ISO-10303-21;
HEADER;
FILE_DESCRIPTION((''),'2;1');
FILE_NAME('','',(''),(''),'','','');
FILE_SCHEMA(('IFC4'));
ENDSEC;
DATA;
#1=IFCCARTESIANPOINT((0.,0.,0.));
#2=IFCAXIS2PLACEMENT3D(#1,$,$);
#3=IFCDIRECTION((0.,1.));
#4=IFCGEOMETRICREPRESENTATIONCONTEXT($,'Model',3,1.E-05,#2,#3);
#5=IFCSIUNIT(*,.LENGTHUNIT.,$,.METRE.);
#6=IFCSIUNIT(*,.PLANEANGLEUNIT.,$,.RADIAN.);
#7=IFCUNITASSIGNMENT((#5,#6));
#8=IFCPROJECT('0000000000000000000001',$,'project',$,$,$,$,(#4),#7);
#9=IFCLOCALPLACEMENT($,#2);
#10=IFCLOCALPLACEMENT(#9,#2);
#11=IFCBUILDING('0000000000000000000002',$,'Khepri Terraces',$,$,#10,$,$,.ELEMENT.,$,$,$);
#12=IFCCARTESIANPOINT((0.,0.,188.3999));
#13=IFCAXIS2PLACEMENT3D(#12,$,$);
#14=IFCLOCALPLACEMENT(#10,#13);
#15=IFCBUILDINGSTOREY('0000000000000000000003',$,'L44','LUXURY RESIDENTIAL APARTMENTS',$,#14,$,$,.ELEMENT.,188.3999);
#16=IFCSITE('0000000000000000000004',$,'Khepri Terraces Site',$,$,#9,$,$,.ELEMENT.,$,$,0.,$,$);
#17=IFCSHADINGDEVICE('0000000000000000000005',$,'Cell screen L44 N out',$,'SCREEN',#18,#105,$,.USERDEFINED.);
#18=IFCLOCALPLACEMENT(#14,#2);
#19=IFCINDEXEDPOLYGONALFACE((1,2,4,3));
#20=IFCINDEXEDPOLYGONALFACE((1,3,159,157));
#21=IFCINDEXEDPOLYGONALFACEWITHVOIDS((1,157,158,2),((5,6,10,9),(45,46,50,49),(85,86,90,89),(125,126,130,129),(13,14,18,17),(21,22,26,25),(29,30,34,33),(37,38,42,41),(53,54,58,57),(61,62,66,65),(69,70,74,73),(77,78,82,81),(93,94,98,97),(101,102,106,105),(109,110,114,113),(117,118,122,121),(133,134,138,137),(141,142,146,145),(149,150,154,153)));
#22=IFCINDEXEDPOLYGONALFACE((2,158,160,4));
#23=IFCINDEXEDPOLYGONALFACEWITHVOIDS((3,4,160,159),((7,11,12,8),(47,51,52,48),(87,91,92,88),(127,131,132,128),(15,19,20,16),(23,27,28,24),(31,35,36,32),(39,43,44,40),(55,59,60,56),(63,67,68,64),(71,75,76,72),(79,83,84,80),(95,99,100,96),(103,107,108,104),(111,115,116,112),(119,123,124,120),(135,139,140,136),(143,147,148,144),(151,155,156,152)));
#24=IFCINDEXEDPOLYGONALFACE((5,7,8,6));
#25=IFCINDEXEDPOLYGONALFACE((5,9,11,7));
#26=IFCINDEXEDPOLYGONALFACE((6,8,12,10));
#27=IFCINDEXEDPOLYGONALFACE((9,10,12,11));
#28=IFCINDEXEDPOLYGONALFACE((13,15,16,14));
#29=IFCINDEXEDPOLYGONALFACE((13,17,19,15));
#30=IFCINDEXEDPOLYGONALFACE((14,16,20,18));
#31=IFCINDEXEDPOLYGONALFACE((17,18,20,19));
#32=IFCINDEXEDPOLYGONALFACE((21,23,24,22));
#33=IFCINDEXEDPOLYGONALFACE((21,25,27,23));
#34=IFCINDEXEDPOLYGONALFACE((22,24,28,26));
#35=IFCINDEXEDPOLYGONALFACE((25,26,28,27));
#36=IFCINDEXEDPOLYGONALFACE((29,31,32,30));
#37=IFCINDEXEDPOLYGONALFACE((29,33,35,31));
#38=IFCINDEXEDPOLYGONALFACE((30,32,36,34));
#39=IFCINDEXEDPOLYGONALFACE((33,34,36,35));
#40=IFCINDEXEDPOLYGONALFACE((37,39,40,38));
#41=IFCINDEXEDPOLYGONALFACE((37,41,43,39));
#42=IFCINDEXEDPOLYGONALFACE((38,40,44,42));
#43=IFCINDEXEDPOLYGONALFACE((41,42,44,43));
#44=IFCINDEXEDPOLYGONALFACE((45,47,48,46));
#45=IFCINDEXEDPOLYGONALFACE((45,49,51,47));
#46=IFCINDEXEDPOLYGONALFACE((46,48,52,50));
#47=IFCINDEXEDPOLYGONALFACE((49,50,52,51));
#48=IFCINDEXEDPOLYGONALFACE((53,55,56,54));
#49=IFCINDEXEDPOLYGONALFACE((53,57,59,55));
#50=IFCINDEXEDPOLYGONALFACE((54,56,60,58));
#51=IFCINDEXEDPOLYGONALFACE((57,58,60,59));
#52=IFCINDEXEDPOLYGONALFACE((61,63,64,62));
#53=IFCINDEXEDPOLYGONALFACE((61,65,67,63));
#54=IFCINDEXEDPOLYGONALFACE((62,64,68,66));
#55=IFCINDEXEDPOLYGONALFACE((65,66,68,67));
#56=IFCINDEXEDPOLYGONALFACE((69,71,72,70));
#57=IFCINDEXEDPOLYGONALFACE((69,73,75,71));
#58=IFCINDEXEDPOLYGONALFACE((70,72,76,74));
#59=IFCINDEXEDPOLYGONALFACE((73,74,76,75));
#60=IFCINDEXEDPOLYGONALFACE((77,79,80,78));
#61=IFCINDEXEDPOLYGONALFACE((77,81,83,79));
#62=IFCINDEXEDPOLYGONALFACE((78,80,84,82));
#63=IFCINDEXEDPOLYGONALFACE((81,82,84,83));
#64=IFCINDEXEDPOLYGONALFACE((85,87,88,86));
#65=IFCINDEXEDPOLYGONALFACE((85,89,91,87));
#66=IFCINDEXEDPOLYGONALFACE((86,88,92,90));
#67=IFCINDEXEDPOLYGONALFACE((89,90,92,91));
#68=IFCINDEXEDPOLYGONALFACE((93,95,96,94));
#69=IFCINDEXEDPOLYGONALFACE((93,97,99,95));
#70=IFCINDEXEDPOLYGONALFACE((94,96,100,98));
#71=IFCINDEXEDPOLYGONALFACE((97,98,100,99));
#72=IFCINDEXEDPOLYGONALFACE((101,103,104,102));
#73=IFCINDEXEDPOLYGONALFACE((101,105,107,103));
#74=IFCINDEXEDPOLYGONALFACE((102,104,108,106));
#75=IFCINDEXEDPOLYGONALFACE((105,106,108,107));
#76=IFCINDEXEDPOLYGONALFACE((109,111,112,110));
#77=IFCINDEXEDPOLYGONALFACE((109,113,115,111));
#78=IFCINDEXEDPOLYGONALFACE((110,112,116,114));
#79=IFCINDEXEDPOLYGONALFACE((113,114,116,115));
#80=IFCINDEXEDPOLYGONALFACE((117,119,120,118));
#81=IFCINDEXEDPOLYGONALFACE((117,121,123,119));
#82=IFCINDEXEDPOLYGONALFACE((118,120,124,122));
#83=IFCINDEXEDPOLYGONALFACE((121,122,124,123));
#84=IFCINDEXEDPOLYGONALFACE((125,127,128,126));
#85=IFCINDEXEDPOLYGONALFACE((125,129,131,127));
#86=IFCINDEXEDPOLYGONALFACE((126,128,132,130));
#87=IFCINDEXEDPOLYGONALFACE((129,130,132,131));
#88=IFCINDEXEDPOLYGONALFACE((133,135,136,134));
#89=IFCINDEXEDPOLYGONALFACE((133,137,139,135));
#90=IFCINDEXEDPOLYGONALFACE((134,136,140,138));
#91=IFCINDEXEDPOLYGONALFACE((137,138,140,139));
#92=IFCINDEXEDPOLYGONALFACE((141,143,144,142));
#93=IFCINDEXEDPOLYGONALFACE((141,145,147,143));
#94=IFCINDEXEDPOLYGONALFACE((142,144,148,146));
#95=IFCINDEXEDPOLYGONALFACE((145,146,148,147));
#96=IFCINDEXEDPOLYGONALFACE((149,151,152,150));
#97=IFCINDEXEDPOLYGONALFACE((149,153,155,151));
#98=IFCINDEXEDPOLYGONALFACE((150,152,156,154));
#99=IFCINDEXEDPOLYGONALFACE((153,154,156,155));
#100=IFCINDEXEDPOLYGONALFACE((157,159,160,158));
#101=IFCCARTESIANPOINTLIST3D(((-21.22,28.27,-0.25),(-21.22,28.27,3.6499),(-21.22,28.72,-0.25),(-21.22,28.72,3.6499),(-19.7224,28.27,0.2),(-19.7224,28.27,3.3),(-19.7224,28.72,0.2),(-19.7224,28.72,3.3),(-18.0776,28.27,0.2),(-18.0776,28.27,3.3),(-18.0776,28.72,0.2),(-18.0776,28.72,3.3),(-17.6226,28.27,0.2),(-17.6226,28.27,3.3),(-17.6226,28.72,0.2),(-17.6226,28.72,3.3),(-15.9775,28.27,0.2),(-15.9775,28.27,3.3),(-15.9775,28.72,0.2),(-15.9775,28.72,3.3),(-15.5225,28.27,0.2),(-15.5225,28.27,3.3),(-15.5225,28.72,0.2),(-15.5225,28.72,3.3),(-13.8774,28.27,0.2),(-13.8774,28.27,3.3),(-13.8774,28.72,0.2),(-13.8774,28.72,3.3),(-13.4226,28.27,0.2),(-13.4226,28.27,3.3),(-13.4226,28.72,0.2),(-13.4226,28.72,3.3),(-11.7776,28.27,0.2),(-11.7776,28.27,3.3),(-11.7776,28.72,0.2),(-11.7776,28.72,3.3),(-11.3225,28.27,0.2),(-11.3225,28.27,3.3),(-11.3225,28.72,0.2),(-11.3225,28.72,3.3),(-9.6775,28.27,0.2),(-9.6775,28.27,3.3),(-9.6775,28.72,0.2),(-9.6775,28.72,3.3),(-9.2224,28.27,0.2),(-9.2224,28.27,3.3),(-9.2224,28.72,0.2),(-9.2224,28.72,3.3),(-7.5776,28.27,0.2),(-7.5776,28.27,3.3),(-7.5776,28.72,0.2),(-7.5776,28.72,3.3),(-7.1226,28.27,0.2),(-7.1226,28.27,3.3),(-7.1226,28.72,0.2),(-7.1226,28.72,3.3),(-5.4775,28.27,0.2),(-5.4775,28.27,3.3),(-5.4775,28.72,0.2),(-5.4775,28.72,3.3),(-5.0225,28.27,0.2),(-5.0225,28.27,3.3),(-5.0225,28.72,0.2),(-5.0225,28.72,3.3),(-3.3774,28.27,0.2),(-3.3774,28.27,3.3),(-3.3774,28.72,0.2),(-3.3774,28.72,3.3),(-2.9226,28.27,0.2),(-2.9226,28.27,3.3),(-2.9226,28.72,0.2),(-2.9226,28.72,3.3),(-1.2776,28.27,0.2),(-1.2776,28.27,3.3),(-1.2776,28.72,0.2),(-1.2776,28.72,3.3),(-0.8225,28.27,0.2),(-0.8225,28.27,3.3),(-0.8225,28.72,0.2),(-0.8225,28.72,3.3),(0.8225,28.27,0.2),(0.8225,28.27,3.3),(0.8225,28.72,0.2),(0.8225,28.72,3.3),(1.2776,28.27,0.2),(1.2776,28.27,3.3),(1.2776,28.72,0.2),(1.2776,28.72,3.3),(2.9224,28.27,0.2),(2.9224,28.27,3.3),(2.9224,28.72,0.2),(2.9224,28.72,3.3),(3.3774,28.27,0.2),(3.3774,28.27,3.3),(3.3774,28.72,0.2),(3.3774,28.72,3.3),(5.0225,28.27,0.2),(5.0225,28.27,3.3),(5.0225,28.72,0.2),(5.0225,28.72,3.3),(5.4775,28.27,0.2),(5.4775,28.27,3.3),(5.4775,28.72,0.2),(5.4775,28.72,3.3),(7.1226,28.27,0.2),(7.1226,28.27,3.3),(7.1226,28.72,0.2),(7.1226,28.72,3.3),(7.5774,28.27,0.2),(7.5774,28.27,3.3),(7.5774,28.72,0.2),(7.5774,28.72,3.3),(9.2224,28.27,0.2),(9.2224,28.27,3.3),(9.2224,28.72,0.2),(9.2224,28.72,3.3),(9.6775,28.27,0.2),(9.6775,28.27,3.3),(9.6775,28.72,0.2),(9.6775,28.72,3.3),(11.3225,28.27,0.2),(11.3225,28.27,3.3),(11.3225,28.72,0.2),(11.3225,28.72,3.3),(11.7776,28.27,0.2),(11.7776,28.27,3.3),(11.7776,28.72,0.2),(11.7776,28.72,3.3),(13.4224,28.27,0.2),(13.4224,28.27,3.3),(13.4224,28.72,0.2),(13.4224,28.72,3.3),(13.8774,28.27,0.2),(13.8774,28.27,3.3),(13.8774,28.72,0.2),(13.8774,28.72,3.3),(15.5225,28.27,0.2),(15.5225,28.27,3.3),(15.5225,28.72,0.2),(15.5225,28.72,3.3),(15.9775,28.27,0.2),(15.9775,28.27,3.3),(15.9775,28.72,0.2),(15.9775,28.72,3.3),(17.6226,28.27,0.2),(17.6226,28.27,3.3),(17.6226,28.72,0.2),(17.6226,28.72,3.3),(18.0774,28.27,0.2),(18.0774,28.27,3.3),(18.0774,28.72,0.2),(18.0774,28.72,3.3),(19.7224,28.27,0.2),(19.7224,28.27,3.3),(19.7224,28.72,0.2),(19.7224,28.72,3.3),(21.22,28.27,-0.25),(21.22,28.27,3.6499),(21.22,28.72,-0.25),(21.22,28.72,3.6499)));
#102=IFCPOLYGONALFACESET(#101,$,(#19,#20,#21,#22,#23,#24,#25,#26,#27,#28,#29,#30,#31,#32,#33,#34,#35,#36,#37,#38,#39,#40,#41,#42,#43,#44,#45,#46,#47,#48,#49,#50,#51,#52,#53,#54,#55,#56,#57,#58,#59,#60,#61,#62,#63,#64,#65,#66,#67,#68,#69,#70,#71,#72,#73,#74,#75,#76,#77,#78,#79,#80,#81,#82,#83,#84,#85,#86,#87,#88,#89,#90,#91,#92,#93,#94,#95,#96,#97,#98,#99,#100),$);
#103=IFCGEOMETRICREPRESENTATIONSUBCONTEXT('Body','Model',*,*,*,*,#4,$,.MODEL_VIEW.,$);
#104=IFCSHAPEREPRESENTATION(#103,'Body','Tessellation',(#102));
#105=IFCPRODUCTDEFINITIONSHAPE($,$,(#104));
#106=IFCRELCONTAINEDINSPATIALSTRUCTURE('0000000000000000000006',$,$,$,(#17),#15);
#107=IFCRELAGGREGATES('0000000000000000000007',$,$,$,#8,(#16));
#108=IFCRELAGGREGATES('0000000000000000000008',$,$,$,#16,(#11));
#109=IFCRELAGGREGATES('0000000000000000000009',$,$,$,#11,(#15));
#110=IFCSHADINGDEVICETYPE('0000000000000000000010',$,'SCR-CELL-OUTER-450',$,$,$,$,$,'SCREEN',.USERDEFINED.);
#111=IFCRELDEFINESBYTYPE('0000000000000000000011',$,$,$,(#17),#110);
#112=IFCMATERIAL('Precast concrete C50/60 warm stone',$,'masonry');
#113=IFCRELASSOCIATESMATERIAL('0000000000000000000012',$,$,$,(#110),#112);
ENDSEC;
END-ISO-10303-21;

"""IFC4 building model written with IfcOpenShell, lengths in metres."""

from ifc_helpers import new_model, si_unit, direction, frame, origin, place, context, subcontext, project, spatial, polyline, outline, extrude, material, type_object, element, save


model = new_model("IFC4")

# Units and contexts
model_context = context("Model", 3, precision=1e-05, world=origin(), true_north=direction((0.0, 1.0)))
body_context = subcontext(model_context, "Body", "Model", "MODEL_VIEW")
ifc_project = project(units=[si_unit("LENGTHUNIT", "METRE"), si_unit("PLANEANGLEUNIT", "RADIAN")], contexts=[model_context])

# Site, building, storey
site_placement = place(None, origin())
site = spatial("IfcSite", under=ifc_project, at=site_placement, Name="Khepri Terraces Site", CompositionType="ELEMENT", RefElevation=0.0)
building_placement = place(site_placement, origin())
building = spatial("IfcBuilding", under=site, at=building_placement, Name="Khepri Terraces", CompositionType="ELEMENT")
storey_placement = place(building_placement, frame((0.0, 0.0, 188.3999)))
storey = spatial("IfcBuildingStorey", under=building, at=storey_placement, Name="L44", Description="LUXURY RESIDENTIAL APARTMENTS", CompositionType="ELEMENT", Elevation=188.3999)

# Shared definitions
ifc_material_1 = material(Name="Precast concrete C50/60 warm stone", Category="masonry")

# Shading device
shading_device_type_1 = type_object("IfcShadingDeviceType", Name="SCR-CELL-OUTER-450", ElementType="SCREEN", PredefinedType="USERDEFINED", material=ifc_material_1)
shading_device_1_placement = place(storey_placement, frame((21.22, 28.27, -0.25), z_axis=(0.0, 1.0, 0.0), x_axis=(-1.0, 0.0, 0.0)))
element("IfcShadingDevice", 1, at=shading_device_1_placement, inside=storey, type_object=shading_device_type_1, Name="Cell screen L44 N out", ObjectType="SCREEN", PredefinedType="USERDEFINED", context=body_context, shape_type="SweptSolid", body=[
    extrude(outline(polyline([(0.0, 0.0), (42.4399, 0.0), (42.4399, 3.8999), (0.0, 3.8999), (0.0, 0.0)]), holes=[polyline([(1.4976, 0.45), (3.1426, 0.45), (3.1426, 3.55), (1.4976, 3.55), (1.4976, 0.45)]), polyline([(3.5974, 0.45), (5.2424, 0.45), (5.2424, 3.55), (3.5974, 3.55), (3.5974, 0.45)]), polyline([(5.6975, 0.45), (7.3425, 0.45), (7.3425, 3.55), (5.6975, 3.55), (5.6975, 0.45)]), polyline([(7.7976, 0.45), (9.4424, 0.45), (9.4424, 3.55), (7.7976, 3.55), (7.7976, 0.45)]), polyline([(9.8975, 0.45), (11.5425, 0.45), (11.5425, 3.55), (9.8975, 3.55), (9.8975, 0.45)]), polyline([(11.9976, 0.45), (13.6426, 0.45), (13.6426, 3.55), (11.9976, 3.55), (11.9976, 0.45)]), polyline([(14.0974, 0.45), (15.7424, 0.45), (15.7424, 3.55), (14.0974, 3.55), (14.0974, 0.45)]), polyline([(16.1975, 0.45), (17.8425, 0.45), (17.8425, 3.55), (16.1975, 3.55), (16.1975, 0.45)]), polyline([(18.2976, 0.45), (19.9424, 0.45), (19.9424, 3.55), (18.2976, 3.55), (18.2976, 0.45)]), polyline([(20.3975, 0.45), (22.0425, 0.45), (22.0425, 3.55), (20.3975, 3.55), (20.3975, 0.45)]), polyline([(22.4976, 0.45), (24.1426, 0.45), (24.1426, 3.55), (22.4976, 3.55), (22.4976, 0.45)]), polyline([(24.5974, 0.45), (26.2424, 0.45), (26.2424, 3.55), (24.5974, 3.55), (24.5974, 0.45)]), polyline([(26.6975, 0.45), (28.3425, 0.45), (28.3425, 3.55), (26.6975, 3.55), (26.6975, 0.45)]), polyline([(28.7976, 0.45), (30.4424, 0.45), (30.4424, 3.55), (28.7976, 3.55), (28.7976, 0.45)]), polyline([(30.8975, 0.45), (32.5425, 0.45), (32.5425, 3.55), (30.8975, 3.55), (30.8975, 0.45)]), polyline([(32.9976, 0.45), (34.6426, 0.45), (34.6426, 3.55), (32.9976, 3.55), (32.9976, 0.45)]), polyline([(35.0974, 0.45), (36.7424, 0.45), (36.7424, 3.55), (35.0974, 3.55), (35.0974, 0.45)]), polyline([(37.1975, 0.45), (38.8425, 0.45), (38.8425, 3.55), (37.1975, 3.55), (37.1975, 0.45)]), polyline([(39.2976, 0.45), (40.9424, 0.45), (40.9424, 3.55), (39.2976, 3.55), (39.2976, 0.45)])]), origin(), (0.0, 0.0, 1.0), 0.45),
])

save(model, "model.ifc")
